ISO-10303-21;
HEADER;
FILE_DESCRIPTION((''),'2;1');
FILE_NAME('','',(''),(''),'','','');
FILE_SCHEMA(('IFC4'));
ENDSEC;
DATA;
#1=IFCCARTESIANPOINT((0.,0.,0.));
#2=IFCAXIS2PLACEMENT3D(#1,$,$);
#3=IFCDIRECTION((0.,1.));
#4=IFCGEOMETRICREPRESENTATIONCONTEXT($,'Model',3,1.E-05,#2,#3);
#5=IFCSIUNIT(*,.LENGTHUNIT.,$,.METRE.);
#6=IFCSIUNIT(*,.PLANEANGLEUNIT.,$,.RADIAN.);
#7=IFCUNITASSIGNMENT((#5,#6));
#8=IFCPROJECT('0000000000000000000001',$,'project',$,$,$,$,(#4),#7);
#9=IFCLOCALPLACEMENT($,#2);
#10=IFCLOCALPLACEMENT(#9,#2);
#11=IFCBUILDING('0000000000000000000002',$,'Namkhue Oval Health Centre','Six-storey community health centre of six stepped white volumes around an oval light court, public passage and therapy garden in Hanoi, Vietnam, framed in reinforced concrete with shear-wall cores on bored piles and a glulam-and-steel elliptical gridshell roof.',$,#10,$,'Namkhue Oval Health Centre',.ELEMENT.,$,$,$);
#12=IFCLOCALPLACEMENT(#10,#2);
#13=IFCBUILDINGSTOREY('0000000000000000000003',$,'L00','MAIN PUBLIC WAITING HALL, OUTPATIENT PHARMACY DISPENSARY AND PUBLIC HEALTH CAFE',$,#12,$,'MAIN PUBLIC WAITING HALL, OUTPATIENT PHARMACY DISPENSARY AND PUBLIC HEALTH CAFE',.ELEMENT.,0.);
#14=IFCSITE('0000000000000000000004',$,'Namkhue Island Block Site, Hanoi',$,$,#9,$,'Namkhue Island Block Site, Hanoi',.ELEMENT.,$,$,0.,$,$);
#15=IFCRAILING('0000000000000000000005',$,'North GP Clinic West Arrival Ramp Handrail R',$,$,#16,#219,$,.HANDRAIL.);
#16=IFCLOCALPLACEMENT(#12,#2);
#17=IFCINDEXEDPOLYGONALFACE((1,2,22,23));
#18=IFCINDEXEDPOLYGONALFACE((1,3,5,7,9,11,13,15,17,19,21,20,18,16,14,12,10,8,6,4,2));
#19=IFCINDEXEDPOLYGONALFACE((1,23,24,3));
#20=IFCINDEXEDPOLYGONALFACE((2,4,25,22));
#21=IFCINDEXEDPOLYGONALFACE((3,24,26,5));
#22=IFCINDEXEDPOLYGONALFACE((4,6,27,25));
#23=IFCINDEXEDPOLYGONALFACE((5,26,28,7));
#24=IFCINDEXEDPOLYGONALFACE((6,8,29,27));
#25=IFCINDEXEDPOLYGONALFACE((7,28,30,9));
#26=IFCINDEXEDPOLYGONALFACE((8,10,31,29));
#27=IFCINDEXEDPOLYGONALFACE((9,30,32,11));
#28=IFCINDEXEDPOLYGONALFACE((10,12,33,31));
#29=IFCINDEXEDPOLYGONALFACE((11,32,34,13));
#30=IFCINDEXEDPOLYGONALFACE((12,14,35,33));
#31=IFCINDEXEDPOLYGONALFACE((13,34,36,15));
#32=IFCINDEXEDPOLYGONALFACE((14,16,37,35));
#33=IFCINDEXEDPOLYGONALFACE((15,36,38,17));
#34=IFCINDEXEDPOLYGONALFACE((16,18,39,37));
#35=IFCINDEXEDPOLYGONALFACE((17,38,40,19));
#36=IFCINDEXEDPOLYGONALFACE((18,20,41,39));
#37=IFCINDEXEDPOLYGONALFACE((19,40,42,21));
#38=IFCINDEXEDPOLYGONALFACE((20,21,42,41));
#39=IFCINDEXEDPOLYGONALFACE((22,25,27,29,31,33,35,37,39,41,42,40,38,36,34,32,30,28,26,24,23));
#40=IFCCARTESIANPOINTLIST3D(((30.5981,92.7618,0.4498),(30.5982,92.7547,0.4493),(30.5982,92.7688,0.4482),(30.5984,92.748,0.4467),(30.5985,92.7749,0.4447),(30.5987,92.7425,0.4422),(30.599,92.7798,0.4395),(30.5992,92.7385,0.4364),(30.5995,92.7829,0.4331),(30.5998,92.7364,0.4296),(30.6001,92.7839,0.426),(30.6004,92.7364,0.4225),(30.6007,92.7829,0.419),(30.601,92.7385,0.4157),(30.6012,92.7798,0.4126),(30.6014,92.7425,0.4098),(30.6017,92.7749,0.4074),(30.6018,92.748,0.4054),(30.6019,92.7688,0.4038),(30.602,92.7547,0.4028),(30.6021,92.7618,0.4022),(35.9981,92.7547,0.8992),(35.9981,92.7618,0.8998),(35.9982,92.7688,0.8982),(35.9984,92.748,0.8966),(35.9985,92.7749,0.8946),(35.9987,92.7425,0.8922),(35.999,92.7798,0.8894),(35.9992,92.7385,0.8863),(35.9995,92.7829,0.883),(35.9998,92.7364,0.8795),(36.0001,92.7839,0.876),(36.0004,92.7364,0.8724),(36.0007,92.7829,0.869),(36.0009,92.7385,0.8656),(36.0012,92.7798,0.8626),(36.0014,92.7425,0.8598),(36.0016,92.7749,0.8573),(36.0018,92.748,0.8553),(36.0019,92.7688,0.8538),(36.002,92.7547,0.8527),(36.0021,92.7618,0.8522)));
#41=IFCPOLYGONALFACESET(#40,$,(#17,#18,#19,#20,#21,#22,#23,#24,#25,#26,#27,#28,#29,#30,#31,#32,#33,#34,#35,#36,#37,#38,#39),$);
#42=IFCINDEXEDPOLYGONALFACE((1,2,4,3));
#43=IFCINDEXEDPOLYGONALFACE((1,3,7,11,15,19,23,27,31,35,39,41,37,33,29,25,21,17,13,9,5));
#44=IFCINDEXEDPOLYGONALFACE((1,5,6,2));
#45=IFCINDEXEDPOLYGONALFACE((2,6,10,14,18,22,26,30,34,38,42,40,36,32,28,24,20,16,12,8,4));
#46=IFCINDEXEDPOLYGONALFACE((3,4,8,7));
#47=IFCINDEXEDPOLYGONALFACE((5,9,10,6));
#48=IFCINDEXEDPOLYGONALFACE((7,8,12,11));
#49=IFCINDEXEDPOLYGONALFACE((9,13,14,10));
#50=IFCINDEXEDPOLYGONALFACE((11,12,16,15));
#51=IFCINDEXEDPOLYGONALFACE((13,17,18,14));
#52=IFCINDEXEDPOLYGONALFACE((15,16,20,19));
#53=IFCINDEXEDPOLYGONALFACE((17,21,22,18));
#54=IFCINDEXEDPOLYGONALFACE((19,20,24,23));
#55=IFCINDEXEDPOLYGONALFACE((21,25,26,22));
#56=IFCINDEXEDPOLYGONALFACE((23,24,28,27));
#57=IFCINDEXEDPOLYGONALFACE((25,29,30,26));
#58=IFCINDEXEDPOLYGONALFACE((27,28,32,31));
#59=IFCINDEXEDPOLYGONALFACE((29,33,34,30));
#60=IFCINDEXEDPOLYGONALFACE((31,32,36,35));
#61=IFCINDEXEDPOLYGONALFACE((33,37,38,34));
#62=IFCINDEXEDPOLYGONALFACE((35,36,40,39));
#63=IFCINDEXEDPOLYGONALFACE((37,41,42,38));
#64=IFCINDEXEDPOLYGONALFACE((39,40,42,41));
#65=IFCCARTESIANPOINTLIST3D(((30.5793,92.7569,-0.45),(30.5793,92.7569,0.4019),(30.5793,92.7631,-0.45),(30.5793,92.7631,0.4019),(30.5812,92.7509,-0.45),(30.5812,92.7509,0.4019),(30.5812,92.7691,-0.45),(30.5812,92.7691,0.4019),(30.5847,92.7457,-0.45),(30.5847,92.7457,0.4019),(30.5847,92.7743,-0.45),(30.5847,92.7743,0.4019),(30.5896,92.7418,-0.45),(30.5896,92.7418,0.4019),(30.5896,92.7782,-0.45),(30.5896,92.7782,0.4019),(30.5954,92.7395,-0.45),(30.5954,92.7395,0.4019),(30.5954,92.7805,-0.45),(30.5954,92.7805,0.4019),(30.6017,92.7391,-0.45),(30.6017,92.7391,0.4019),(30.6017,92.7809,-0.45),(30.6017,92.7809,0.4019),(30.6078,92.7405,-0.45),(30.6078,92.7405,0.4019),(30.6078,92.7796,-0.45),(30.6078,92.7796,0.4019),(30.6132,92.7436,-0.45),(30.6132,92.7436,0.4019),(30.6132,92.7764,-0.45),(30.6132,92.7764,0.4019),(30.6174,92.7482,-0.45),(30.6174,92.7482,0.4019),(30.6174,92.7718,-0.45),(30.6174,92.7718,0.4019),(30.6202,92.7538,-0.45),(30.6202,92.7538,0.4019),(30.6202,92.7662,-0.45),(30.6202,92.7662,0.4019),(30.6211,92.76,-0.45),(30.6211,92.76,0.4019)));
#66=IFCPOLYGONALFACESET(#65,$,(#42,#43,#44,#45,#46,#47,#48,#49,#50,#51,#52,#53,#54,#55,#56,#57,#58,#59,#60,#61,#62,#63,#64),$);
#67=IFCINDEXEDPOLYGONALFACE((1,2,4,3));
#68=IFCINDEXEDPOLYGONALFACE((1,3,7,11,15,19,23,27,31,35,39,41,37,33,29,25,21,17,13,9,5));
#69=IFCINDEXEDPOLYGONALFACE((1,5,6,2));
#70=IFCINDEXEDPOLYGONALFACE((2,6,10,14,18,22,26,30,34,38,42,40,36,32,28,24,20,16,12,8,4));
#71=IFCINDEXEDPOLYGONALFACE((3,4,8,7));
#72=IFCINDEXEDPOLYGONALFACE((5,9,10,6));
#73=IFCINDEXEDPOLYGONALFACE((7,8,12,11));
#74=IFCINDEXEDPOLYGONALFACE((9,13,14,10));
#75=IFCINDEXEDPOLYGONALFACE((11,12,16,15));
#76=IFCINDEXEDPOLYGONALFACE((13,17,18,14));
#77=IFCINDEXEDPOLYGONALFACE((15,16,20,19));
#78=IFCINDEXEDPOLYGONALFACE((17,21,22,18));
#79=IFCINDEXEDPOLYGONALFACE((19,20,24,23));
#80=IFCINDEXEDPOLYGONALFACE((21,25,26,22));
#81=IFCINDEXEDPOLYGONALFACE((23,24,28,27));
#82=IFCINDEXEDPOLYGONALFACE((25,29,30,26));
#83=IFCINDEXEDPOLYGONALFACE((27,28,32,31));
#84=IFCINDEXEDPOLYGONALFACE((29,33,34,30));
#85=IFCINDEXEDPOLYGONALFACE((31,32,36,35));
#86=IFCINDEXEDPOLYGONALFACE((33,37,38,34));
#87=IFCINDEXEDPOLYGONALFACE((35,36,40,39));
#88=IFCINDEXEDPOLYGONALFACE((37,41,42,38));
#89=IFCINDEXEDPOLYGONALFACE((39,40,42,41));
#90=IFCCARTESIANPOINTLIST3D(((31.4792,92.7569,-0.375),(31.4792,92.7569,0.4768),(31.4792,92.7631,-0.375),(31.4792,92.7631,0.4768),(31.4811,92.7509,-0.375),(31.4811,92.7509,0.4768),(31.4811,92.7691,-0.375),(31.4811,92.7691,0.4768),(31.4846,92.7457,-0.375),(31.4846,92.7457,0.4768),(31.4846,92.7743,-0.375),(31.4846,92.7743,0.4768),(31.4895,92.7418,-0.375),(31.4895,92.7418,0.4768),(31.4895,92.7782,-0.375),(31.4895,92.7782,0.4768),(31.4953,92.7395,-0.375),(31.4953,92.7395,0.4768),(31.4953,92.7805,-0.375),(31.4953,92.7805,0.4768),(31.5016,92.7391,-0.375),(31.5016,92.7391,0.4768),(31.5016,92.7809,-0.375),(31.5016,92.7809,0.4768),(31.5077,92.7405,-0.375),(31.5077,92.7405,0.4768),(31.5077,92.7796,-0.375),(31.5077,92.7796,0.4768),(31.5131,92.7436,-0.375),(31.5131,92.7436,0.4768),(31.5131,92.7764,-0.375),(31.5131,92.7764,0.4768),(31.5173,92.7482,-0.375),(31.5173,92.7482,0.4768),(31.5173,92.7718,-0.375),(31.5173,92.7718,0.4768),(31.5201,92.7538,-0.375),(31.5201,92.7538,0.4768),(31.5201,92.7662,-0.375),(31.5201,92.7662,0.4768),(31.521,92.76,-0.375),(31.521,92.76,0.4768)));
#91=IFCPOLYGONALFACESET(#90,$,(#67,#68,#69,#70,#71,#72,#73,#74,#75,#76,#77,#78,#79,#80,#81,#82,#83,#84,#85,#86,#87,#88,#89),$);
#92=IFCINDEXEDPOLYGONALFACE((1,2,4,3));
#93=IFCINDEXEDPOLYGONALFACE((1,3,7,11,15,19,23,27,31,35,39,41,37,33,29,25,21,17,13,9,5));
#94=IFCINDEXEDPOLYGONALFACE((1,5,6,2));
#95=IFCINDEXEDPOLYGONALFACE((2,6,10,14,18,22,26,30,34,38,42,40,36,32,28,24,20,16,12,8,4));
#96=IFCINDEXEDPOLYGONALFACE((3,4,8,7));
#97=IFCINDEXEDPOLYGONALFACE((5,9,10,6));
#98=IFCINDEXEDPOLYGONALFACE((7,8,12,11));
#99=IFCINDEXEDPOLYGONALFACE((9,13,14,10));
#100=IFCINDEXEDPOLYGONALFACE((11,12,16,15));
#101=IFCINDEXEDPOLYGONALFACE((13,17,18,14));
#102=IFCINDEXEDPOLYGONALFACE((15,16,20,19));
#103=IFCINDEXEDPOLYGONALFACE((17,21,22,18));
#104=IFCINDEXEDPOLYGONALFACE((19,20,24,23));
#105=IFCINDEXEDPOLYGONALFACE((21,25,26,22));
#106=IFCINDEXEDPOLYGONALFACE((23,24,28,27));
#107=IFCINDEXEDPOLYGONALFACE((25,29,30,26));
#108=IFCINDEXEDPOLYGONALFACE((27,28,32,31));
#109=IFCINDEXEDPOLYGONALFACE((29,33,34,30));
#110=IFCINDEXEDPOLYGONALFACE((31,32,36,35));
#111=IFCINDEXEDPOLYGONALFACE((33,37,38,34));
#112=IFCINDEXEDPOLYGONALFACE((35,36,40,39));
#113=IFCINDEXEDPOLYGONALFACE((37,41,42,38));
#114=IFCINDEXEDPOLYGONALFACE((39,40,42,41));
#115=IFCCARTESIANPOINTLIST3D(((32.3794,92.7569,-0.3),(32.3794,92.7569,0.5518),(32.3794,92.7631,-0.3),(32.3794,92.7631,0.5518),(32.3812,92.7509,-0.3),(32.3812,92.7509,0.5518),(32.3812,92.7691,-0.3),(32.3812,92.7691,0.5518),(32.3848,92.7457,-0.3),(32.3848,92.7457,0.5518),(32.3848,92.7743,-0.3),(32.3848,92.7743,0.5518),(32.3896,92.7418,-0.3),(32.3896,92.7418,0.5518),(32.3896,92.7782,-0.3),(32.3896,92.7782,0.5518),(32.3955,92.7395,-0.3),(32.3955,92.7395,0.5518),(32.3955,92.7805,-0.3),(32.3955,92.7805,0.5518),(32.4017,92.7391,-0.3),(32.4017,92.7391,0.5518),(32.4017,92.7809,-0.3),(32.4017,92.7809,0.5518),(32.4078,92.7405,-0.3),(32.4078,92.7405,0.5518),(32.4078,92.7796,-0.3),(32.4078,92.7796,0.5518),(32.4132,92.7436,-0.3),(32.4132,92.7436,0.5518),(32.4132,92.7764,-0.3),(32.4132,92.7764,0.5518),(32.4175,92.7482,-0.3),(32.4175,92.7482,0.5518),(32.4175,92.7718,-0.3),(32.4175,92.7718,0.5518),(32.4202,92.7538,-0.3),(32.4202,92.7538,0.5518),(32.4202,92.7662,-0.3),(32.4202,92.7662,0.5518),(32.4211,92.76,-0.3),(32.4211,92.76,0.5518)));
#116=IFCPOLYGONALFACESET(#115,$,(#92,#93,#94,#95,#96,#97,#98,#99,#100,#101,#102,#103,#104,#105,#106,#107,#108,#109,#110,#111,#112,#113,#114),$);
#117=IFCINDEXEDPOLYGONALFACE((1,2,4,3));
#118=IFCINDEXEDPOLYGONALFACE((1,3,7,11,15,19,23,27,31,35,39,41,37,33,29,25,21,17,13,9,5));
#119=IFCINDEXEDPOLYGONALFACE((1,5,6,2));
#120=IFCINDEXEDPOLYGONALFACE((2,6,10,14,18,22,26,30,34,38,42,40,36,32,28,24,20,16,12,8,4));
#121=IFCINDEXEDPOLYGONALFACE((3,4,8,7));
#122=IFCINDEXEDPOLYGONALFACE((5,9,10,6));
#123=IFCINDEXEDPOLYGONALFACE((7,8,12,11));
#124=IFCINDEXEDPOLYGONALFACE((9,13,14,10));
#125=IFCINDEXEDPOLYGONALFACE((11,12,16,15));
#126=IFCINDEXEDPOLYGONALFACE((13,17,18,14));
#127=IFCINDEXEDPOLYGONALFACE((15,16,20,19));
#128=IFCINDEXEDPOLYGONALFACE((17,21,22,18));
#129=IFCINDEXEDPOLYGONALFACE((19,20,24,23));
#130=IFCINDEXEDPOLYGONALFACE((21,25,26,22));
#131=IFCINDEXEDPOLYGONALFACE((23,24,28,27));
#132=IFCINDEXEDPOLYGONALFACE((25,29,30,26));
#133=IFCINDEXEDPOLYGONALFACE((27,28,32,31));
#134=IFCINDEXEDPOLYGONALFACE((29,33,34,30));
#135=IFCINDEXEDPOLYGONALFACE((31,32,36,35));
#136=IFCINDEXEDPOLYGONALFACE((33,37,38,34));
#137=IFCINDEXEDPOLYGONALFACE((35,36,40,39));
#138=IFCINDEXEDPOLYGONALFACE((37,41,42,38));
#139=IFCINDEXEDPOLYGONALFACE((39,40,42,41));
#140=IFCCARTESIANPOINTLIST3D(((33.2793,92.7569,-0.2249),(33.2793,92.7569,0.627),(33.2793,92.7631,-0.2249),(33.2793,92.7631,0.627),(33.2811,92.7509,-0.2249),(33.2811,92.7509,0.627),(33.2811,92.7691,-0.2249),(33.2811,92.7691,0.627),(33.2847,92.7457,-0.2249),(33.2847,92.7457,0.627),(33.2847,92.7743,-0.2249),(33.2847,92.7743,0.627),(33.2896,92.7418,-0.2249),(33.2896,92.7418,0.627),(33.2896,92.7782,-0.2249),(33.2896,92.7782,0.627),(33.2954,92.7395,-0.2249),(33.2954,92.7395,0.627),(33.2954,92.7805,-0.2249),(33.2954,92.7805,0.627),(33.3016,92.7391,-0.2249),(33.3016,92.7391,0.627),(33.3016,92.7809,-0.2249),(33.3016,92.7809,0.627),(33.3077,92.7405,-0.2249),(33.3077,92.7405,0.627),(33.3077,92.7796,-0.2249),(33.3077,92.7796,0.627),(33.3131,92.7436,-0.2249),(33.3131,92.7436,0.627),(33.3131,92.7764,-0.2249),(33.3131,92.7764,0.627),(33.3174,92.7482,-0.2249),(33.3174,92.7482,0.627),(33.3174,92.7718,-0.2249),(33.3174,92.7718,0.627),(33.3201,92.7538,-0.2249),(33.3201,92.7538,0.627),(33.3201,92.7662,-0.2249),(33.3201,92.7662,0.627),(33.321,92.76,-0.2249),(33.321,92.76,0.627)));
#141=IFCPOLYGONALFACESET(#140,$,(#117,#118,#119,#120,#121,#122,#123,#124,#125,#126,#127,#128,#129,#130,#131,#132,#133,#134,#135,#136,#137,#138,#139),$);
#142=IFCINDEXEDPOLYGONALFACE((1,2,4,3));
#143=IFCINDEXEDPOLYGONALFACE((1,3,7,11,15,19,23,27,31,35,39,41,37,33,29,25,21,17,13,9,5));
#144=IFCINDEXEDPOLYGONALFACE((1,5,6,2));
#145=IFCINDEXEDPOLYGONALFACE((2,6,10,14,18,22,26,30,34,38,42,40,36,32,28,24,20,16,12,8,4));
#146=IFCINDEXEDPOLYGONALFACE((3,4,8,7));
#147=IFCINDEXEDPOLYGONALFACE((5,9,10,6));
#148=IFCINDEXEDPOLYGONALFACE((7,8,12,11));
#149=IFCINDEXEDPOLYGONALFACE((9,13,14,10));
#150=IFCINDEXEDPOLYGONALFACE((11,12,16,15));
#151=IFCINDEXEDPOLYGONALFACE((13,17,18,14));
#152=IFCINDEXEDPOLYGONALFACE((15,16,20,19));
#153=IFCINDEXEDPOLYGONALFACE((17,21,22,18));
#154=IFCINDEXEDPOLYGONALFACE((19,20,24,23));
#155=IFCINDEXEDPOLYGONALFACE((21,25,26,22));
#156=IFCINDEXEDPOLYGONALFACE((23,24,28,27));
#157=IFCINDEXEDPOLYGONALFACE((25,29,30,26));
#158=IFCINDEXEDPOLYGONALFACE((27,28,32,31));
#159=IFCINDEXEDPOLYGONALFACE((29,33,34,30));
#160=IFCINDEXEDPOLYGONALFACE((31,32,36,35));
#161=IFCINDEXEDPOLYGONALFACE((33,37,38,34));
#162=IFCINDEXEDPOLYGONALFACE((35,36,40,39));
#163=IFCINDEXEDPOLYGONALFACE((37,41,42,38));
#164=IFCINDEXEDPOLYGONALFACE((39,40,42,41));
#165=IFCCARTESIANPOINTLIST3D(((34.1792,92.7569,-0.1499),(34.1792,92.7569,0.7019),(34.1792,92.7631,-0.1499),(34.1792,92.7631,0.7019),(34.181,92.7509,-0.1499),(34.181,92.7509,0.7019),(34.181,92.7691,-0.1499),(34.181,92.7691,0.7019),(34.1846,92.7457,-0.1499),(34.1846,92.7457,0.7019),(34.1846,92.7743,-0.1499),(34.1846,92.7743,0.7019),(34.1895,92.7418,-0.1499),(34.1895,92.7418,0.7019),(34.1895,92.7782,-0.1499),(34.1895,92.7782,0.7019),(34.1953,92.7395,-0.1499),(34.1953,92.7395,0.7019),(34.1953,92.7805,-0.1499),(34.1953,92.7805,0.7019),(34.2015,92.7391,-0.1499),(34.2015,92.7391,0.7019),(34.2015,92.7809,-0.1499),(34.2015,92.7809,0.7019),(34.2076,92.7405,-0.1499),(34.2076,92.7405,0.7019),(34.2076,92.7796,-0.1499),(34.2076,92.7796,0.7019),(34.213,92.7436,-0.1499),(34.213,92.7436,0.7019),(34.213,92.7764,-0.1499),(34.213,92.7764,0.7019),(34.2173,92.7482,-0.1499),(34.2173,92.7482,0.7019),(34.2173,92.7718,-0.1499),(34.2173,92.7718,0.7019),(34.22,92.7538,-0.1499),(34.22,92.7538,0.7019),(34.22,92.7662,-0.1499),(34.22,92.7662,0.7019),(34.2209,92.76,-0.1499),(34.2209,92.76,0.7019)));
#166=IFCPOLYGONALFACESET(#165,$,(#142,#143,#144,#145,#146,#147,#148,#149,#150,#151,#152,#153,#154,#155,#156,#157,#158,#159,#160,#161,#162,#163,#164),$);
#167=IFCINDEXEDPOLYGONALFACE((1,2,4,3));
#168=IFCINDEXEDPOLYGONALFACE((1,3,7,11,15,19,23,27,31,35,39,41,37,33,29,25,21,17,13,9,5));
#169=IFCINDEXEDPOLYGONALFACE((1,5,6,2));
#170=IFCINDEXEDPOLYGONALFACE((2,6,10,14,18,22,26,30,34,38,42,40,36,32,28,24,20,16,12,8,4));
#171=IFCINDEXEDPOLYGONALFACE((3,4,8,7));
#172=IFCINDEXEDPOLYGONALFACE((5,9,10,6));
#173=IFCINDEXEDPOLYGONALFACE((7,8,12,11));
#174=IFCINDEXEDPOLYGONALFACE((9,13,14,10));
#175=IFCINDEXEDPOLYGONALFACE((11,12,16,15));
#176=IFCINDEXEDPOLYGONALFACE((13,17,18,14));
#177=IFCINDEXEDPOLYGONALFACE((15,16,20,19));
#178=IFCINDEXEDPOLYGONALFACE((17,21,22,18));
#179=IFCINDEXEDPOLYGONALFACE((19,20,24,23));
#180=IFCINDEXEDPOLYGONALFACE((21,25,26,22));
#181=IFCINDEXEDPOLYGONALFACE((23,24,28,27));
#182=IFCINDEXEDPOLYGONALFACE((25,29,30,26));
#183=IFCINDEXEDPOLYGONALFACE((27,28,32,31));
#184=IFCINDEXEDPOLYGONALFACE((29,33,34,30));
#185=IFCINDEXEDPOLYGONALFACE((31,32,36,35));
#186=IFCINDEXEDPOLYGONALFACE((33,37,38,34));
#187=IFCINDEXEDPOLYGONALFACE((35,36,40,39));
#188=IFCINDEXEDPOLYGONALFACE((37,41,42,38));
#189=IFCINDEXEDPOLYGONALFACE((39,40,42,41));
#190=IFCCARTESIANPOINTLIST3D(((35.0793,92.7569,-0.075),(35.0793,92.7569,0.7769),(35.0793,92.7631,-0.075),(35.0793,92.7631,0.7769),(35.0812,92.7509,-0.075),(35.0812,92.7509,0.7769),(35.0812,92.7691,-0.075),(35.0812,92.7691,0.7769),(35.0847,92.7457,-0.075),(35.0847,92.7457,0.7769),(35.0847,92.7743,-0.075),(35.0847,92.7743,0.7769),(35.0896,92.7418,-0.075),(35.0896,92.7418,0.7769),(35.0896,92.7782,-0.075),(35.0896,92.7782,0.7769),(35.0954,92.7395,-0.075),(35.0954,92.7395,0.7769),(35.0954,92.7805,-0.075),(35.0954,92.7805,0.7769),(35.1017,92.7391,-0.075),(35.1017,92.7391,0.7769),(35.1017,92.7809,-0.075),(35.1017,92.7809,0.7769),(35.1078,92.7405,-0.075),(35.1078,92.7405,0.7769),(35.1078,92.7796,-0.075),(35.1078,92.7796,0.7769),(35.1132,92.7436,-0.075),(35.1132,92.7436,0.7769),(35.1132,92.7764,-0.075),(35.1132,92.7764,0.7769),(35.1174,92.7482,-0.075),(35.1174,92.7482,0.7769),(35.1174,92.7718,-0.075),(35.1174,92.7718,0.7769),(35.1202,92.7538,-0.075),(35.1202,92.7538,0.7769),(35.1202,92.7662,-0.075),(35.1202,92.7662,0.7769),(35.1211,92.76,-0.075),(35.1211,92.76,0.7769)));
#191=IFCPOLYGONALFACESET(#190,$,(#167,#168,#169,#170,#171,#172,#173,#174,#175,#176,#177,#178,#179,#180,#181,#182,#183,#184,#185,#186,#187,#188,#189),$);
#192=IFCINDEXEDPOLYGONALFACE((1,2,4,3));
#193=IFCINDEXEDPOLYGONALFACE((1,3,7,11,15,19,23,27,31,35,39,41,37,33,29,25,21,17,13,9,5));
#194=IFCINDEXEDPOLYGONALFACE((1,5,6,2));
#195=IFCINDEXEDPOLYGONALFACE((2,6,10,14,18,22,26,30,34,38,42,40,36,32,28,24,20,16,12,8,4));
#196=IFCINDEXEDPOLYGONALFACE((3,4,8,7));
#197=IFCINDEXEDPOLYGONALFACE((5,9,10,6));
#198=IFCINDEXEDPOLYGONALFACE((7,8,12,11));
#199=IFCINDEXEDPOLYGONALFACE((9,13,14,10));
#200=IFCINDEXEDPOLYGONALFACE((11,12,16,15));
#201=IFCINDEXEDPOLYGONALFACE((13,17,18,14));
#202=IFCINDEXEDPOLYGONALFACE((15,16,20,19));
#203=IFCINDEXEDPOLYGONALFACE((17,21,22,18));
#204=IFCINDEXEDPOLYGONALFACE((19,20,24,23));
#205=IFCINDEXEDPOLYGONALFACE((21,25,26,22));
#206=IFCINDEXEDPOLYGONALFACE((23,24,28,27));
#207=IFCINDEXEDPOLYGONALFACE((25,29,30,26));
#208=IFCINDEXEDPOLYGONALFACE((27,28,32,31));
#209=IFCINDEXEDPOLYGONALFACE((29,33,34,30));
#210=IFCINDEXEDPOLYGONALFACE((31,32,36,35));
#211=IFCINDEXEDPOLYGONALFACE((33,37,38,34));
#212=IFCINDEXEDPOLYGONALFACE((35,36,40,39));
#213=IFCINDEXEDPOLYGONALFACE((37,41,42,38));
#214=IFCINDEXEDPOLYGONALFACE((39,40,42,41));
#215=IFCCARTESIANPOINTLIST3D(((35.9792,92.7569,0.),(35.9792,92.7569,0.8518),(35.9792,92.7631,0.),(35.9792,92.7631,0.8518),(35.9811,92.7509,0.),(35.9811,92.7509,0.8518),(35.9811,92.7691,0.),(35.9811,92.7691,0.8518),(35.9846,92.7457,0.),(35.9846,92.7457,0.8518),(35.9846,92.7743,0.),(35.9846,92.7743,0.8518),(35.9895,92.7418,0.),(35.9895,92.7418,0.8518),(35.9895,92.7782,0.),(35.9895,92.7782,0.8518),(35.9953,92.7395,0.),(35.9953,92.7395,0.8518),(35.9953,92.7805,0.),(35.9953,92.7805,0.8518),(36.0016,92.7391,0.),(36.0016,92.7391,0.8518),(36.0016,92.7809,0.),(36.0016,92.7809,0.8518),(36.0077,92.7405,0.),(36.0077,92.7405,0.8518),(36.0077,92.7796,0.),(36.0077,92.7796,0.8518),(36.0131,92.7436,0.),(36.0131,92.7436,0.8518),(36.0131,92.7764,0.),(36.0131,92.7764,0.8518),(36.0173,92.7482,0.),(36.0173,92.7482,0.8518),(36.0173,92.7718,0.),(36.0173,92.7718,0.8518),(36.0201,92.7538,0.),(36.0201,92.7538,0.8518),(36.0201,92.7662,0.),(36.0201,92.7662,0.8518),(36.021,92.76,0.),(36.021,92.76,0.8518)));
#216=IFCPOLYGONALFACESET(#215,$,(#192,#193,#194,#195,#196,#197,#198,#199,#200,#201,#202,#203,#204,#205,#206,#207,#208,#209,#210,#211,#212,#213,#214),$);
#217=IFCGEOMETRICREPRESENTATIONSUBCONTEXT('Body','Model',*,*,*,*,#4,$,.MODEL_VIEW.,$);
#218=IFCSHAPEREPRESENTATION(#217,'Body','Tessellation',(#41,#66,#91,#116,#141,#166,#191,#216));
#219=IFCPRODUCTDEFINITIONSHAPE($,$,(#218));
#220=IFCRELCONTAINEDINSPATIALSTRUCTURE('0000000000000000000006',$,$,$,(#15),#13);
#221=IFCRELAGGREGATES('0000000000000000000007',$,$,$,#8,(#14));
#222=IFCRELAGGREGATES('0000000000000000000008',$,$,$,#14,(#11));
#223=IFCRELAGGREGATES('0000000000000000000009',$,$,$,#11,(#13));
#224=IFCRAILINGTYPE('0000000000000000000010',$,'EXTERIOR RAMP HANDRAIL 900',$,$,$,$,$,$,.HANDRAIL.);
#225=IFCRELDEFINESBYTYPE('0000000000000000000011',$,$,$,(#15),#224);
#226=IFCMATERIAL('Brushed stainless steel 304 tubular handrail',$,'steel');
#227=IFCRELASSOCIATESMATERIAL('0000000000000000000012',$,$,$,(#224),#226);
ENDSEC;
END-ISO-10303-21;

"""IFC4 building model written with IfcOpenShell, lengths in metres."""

from ifc_helpers import new_model, si_unit, direction, frame, origin, origin_2d, place, context, subcontext, project, spatial, circle, extrude, material, type_object, element, save


model = new_model("IFC4")

# Units and contexts
model_context = context("Model", 3, precision=1e-05, world=origin(), true_north=direction((0.0, 1.0)))
body_context = subcontext(model_context, "Body", "Model", "MODEL_VIEW")
ifc_project = project(units=[si_unit("LENGTHUNIT", "METRE"), si_unit("PLANEANGLEUNIT", "RADIAN")], contexts=[model_context])

# Site, building, storey
site_placement = place(None, origin())
site = spatial("IfcSite", under=ifc_project, at=site_placement, Name="Namkhue Island Block Site, Hanoi", LongName="Namkhue Island Block Site, Hanoi", CompositionType="ELEMENT", RefElevation=0.0)
building_placement = place(site_placement, origin())
building = spatial("IfcBuilding", under=site, at=building_placement, Name="Namkhue Oval Health Centre", Description="Six-storey community health centre of six stepped white volumes around an oval light court, public passage and therapy garden in Hanoi, Vietnam, framed in reinforced concrete with shear-wall cores on bored piles and a glulam-and-steel elliptical gridshell roof.", LongName="Namkhue Oval Health Centre", CompositionType="ELEMENT")
storey_placement = place(building_placement, origin())
storey = spatial("IfcBuildingStorey", under=building, at=storey_placement, Name="L00", Description="MAIN PUBLIC WAITING HALL, OUTPATIENT PHARMACY DISPENSARY AND PUBLIC HEALTH CAFE", LongName="MAIN PUBLIC WAITING HALL, OUTPATIENT PHARMACY DISPENSARY AND PUBLIC HEALTH CAFE", CompositionType="ELEMENT", Elevation=0.0)

# Railing
ifc_material_1 = material(Name="Brushed stainless steel 304 tubular handrail", Category="steel")
railing_type = type_object("IfcRailingType", Name="EXTERIOR RAMP HANDRAIL 900", PredefinedType="HANDRAIL", material=ifc_material_1)
for number, where, name in (
    (1, (30.6001, 92.76, -0.45), "North GP Clinic West Arrival Ramp Handrail R"),
):
    element("IfcRailing", number, at=place(storey_placement, frame(where)), inside=storey, type_object=railing_type, Name=name, PredefinedType="HANDRAIL", context=body_context, shape_type="SweptSolid", body=[
        extrude(circle(Radius=0.0239, at=origin_2d()), frame((0.0, 0.0, 0.876), z_axis=(0.996546, 0.0, 0.083038), x_axis=(0.0, 1.0, 0.0)), (0.0, 0.0, 1.0), 5.4187),
        extrude(circle(Radius=0.021, at=origin_2d()), origin(), (0.0, 0.0, 1.0), 0.8518),
        extrude(circle(Radius=0.021, at=origin_2d()), frame((0.8999, 0.0, 0.075)), (0.0, 0.0, 1.0), 0.8518),
        extrude(circle(Radius=0.021, at=origin_2d()), frame((1.8, 0.0, 0.1499)), (0.0, 0.0, 1.0), 0.8518),
        extrude(circle(Radius=0.021, at=origin_2d()), frame((2.7, 0.0, 0.2251)), (0.0, 0.0, 1.0), 0.8518),
        extrude(circle(Radius=0.021, at=origin_2d()), frame((3.5999, 0.0, 0.3)), (0.0, 0.0, 1.0), 0.8518),
        extrude(circle(Radius=0.021, at=origin_2d()), frame((4.5, 0.0, 0.375)), (0.0, 0.0, 1.0), 0.8518),
        extrude(circle(Radius=0.021, at=origin_2d()), frame((5.3999, 0.0, 0.45)), (0.0, 0.0, 1.0), 0.8518),
    ])

save(model, "model.ifc")
